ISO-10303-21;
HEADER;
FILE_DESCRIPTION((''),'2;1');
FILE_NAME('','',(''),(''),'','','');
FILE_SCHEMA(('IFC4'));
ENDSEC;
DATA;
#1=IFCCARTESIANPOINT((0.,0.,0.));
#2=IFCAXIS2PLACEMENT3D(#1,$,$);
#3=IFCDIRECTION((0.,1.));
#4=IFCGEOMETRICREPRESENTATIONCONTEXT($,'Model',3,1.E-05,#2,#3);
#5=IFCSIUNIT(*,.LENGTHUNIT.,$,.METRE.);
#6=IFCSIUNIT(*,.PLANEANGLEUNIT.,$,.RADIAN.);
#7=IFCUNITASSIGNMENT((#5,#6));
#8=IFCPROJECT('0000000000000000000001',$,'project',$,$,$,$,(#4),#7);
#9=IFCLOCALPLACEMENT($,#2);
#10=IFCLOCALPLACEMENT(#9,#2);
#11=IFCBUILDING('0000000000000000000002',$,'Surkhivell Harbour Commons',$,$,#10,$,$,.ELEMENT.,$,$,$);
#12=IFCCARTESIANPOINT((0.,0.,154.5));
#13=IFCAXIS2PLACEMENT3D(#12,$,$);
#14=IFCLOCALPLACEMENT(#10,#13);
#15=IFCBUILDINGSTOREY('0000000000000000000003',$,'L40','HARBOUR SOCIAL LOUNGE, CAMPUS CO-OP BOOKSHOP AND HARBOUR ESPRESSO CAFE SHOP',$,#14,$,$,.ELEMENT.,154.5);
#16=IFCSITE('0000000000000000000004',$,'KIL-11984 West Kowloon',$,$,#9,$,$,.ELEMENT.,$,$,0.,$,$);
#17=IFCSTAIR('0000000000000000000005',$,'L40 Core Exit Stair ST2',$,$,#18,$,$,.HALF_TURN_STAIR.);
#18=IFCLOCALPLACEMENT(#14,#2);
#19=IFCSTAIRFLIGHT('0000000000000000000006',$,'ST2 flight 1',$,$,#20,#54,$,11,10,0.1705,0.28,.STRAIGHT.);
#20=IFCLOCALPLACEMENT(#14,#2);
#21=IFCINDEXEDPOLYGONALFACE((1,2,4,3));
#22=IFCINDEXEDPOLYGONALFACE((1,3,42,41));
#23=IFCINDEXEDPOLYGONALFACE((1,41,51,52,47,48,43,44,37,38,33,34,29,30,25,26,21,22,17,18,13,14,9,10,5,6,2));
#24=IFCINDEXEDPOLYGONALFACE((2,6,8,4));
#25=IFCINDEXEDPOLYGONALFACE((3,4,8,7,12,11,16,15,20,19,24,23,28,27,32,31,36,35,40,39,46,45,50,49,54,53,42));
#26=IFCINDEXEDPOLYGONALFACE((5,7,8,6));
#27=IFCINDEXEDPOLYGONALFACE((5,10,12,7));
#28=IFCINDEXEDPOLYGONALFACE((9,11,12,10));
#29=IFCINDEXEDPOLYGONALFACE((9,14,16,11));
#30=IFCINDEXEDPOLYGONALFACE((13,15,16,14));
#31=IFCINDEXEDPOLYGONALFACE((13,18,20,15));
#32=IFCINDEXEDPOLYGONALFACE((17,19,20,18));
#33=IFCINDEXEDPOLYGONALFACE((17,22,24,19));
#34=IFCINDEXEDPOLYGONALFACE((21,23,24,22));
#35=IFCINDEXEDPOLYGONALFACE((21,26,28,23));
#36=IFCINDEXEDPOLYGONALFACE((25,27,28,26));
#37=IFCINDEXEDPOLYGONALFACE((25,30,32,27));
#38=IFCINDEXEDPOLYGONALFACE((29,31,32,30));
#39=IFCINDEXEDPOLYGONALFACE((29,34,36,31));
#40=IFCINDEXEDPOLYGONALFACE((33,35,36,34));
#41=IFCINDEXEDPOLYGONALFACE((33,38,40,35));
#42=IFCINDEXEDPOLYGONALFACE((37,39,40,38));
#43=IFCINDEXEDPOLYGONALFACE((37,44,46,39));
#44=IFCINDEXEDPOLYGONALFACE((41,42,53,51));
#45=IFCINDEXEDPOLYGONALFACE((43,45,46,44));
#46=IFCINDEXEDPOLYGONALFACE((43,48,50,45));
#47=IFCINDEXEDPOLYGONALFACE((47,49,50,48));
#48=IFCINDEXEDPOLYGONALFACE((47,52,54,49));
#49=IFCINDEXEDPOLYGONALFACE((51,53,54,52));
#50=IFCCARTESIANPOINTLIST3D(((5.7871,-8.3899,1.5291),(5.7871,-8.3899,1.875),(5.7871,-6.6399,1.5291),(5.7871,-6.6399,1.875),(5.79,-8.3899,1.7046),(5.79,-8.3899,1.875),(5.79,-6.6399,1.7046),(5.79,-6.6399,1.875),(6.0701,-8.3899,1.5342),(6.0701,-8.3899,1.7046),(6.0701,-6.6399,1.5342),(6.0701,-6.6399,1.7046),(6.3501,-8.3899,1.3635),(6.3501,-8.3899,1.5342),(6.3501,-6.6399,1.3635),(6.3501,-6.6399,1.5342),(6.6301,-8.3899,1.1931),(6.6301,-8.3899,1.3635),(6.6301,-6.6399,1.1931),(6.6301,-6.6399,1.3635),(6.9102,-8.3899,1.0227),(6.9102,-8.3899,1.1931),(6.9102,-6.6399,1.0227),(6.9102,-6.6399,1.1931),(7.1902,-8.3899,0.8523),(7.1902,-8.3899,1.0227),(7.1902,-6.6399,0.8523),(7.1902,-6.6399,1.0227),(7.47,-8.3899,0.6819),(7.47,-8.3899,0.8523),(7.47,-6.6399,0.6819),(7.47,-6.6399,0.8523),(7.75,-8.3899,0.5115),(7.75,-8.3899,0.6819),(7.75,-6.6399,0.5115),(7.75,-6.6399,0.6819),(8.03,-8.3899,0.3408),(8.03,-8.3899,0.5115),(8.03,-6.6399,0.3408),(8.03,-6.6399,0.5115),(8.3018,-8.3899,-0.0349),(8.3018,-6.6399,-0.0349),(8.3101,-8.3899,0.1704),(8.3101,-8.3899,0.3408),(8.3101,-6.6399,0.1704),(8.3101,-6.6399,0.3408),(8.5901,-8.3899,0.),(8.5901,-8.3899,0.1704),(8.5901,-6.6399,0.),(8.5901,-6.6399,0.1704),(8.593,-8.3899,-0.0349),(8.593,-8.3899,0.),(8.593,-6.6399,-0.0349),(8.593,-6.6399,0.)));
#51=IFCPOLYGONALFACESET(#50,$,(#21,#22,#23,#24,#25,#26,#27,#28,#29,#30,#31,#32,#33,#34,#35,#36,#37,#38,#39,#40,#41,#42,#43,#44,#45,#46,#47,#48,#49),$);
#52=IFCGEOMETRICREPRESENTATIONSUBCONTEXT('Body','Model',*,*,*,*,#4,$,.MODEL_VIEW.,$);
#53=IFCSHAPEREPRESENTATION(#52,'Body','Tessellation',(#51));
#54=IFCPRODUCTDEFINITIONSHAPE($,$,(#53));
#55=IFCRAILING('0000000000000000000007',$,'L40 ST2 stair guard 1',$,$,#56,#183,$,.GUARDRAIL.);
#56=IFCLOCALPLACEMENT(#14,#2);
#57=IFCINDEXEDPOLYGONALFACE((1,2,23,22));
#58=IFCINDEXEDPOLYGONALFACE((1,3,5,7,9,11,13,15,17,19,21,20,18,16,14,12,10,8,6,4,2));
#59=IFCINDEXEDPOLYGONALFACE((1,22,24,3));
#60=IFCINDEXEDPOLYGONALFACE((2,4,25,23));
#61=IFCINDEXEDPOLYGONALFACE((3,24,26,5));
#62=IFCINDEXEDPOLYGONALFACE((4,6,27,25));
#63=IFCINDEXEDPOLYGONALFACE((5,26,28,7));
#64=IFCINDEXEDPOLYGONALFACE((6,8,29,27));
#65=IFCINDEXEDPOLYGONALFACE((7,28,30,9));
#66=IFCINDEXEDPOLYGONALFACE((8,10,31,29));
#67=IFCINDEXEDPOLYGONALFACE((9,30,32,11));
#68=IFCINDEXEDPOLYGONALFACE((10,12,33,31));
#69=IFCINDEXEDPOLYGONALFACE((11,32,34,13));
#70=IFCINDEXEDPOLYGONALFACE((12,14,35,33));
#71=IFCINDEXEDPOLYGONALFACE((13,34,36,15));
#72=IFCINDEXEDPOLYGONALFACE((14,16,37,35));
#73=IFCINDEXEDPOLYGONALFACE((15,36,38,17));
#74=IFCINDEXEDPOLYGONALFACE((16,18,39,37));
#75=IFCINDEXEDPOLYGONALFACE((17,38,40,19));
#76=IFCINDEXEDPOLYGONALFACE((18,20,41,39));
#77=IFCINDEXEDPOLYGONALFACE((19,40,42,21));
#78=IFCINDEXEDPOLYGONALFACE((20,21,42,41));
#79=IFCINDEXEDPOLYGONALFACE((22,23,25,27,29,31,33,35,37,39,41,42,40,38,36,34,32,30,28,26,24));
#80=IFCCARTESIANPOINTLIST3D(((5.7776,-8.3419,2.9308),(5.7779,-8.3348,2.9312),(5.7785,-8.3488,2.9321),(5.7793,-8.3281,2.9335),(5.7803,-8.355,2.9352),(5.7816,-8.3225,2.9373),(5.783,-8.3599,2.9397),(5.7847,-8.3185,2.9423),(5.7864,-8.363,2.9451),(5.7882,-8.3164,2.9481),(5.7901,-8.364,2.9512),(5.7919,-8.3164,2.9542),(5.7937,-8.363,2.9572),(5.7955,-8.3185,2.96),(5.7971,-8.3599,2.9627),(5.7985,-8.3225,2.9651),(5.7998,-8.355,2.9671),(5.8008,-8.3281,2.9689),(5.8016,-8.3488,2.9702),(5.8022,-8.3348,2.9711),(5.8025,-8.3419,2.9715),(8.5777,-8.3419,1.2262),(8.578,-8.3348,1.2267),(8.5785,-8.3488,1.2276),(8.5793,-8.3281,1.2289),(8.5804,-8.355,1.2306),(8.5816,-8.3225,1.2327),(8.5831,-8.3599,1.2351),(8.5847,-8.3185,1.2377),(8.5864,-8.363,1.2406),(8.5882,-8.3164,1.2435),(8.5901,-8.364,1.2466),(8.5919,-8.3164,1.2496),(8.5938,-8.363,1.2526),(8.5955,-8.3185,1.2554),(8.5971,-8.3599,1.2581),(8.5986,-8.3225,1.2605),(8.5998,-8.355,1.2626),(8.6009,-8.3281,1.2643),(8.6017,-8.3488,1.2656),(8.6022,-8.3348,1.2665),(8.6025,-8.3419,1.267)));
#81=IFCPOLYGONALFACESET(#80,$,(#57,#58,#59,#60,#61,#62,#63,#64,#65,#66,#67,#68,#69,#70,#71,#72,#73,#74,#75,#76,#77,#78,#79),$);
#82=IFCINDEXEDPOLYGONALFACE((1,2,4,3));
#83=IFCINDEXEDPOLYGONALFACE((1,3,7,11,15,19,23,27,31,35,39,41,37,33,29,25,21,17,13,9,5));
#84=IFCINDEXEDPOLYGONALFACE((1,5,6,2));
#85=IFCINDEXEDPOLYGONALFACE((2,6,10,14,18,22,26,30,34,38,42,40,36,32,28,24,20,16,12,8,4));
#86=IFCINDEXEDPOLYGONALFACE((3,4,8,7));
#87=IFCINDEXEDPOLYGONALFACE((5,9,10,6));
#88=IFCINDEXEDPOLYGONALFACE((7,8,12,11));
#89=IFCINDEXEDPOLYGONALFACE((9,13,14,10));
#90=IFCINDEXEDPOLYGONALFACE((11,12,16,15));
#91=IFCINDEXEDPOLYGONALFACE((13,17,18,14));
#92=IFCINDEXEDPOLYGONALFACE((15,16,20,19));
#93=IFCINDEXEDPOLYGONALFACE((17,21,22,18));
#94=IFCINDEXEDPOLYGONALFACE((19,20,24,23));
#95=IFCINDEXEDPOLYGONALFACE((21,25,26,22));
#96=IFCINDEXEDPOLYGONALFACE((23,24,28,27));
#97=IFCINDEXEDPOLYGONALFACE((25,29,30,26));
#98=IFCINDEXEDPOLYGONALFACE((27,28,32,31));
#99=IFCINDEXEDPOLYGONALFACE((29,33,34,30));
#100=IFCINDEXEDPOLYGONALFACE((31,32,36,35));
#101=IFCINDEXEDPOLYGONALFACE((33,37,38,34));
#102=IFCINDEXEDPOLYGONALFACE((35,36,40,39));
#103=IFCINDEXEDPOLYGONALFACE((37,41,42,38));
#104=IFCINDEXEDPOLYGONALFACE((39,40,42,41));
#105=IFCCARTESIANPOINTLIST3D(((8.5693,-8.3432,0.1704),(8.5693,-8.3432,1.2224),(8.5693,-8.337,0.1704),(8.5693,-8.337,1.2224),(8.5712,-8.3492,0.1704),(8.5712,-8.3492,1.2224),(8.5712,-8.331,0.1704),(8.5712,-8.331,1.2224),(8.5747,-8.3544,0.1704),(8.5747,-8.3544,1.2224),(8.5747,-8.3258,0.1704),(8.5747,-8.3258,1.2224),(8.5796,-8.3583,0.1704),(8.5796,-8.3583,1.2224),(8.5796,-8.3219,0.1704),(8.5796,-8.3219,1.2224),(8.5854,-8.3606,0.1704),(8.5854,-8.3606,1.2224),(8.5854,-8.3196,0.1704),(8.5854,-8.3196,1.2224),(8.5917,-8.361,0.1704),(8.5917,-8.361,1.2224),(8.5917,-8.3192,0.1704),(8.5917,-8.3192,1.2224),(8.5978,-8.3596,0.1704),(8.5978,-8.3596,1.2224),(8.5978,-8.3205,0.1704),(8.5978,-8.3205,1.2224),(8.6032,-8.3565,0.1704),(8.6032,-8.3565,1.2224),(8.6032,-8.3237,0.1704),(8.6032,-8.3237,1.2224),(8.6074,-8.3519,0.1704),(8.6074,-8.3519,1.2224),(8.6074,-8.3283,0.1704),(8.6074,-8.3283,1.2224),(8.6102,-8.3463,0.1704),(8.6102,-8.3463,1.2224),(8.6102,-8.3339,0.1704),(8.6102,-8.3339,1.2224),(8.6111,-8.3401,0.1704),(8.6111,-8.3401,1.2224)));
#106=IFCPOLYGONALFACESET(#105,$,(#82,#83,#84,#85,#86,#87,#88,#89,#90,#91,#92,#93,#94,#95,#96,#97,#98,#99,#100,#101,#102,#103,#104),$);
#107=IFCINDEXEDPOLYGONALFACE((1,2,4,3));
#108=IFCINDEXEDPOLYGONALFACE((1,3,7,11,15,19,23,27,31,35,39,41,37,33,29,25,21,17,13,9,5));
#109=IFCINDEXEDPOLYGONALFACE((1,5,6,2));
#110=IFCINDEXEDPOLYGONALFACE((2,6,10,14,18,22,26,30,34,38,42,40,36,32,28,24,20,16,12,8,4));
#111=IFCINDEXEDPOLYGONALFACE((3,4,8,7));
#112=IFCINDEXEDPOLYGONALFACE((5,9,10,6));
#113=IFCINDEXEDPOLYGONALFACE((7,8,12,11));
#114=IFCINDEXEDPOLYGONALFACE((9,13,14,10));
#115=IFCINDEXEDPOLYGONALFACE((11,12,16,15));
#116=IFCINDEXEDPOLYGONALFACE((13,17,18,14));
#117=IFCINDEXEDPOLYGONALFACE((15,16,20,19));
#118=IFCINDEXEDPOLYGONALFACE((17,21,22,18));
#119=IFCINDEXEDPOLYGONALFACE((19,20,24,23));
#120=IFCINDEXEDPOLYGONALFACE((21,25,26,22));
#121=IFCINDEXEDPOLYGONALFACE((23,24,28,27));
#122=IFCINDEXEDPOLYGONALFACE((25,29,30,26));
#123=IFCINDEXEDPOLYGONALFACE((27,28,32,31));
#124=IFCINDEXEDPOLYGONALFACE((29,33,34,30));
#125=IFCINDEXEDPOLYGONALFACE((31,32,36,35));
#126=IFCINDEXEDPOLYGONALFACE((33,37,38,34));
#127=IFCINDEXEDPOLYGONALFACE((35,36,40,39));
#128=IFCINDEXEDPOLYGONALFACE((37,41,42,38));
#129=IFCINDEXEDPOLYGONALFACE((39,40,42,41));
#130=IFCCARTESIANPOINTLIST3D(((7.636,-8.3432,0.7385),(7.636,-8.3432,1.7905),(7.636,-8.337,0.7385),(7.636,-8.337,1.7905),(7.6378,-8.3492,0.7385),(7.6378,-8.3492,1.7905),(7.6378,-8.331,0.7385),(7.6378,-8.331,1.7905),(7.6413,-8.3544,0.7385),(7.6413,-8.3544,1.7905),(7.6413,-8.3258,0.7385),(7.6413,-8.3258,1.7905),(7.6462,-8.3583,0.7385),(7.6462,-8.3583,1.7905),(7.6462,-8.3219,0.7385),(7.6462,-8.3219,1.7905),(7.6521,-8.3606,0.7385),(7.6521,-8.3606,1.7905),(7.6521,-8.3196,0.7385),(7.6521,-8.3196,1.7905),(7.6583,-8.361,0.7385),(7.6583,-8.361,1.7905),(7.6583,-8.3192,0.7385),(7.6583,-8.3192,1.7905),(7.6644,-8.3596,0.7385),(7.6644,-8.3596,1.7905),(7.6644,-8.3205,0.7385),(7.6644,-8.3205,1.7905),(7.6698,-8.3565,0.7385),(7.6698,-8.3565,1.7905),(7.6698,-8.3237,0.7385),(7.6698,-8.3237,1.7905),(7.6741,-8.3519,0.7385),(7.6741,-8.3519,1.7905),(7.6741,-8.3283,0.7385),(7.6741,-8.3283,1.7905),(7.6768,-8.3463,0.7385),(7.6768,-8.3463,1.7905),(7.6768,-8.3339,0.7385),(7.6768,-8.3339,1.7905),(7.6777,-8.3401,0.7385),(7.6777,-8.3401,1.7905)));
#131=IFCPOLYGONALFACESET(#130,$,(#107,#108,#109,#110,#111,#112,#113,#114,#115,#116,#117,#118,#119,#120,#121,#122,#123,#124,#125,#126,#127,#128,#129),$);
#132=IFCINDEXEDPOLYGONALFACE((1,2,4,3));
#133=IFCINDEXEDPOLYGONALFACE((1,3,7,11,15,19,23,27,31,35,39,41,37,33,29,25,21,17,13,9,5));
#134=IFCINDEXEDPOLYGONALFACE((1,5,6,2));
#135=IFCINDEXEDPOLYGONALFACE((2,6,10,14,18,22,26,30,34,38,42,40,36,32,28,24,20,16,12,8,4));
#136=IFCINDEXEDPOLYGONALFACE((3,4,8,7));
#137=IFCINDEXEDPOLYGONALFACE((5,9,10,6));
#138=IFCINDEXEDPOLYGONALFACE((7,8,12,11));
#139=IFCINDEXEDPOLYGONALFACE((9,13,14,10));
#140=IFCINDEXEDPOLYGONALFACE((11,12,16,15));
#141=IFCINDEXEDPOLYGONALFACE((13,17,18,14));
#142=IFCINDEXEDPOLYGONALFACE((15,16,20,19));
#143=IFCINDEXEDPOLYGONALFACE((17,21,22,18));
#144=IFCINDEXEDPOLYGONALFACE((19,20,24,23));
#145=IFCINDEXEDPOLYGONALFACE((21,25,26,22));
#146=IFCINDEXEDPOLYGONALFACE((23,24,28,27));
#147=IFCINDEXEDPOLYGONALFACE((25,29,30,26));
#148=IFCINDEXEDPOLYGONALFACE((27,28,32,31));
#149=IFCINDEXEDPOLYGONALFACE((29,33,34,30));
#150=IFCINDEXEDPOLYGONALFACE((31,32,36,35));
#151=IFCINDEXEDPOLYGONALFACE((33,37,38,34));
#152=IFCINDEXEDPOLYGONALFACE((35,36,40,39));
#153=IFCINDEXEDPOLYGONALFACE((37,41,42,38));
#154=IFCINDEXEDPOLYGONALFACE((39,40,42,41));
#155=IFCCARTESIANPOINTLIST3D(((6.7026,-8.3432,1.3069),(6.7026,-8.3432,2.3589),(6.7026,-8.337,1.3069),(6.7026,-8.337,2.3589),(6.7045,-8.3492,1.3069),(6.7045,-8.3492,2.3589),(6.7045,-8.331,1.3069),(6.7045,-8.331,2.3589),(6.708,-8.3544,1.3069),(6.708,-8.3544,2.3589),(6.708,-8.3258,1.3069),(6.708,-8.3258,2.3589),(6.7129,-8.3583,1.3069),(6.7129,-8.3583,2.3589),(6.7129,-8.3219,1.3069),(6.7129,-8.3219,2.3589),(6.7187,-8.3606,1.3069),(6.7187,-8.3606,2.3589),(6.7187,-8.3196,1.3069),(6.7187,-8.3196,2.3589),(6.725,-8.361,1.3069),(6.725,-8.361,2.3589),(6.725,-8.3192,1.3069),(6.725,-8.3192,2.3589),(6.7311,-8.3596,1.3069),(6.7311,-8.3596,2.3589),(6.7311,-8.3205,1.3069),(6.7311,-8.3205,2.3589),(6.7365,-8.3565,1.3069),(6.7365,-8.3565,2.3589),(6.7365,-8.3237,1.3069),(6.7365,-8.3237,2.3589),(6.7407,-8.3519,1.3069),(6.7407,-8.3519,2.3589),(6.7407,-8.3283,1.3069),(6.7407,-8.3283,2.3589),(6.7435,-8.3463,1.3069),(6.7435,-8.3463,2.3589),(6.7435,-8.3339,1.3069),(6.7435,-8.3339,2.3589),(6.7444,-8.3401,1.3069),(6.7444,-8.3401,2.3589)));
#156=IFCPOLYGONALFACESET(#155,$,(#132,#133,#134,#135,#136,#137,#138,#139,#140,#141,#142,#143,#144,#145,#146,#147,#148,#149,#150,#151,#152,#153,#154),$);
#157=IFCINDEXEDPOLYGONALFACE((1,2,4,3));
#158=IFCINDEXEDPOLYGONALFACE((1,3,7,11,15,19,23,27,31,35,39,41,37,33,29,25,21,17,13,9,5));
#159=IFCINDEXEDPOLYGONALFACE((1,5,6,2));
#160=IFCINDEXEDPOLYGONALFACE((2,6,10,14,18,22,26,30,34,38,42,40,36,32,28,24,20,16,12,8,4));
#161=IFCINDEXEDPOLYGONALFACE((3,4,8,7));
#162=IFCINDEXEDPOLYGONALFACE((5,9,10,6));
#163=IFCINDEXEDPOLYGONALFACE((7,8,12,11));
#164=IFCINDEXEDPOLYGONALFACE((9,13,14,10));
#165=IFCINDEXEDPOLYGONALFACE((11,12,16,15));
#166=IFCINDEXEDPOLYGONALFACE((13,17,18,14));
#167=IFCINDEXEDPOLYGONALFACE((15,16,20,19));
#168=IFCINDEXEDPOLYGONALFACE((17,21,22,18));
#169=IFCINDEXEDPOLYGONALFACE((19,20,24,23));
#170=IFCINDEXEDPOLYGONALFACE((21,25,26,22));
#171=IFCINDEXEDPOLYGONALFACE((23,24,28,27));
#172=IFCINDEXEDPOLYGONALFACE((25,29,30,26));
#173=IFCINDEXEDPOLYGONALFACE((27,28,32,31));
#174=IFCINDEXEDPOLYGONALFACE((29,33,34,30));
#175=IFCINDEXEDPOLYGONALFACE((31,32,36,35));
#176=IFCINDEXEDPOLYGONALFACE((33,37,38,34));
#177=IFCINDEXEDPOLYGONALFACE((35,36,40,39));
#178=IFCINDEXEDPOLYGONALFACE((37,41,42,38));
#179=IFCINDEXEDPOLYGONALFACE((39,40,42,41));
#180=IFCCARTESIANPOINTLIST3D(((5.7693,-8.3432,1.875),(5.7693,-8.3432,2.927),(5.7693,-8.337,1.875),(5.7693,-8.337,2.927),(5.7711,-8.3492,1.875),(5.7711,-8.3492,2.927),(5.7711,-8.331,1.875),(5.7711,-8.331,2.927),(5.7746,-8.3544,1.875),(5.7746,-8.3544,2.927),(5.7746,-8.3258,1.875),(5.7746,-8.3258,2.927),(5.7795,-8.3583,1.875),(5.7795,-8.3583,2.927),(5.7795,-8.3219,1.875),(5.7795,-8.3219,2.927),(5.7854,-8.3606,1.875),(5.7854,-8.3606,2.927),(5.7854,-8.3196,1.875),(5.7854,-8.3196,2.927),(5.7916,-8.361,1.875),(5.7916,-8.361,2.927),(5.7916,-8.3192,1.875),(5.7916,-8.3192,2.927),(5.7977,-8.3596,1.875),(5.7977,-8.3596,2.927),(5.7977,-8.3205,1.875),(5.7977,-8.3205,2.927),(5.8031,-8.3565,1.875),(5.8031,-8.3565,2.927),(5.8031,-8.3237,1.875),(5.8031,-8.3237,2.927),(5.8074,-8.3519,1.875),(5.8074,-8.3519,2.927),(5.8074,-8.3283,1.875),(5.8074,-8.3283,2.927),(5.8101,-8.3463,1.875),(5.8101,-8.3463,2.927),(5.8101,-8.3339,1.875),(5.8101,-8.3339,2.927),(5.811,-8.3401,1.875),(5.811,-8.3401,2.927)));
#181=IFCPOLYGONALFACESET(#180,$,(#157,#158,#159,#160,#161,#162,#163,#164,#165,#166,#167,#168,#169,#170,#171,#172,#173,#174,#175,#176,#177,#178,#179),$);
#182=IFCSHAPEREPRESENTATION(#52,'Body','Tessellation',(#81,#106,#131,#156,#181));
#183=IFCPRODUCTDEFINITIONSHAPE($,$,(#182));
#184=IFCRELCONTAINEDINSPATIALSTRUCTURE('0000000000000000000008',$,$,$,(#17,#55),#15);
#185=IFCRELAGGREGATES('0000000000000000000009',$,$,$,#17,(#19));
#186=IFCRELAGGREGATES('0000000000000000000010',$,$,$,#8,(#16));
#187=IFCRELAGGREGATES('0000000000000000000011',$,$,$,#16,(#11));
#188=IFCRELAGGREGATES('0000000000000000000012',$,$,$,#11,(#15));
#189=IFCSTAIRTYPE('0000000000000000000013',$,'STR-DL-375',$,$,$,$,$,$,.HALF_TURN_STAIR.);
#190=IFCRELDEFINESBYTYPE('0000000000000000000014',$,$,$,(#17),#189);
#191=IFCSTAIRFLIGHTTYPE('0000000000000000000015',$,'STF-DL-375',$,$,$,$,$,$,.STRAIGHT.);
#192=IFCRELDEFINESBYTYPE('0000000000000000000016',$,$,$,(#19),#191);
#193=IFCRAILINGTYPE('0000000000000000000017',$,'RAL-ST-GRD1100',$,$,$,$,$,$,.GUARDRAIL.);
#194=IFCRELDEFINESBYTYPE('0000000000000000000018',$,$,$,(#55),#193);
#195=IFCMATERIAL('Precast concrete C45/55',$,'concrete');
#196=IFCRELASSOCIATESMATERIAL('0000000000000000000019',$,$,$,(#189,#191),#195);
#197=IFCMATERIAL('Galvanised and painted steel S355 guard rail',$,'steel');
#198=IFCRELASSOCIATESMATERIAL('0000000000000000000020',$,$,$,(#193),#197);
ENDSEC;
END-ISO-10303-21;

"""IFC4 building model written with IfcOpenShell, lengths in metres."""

from ifc_helpers import new_model, si_unit, direction, frame, origin, origin_2d, place, context, subcontext, project, spatial, polyline, circle, outline, extrude, material, type_object, element, aggregate, save


model = new_model("IFC4")

# Units and contexts
model_context = context("Model", 3, precision=1e-05, world=origin(), true_north=direction((0.0, 1.0)))
body_context = subcontext(model_context, "Body", "Model", "MODEL_VIEW")
ifc_project = project(units=[si_unit("LENGTHUNIT", "METRE"), si_unit("PLANEANGLEUNIT", "RADIAN")], contexts=[model_context])

# Site, building, storey
site_placement = place(None, origin())
site = spatial("IfcSite", under=ifc_project, at=site_placement, Name="KIL-11984 West Kowloon", CompositionType="ELEMENT", RefElevation=0.0)
building_placement = place(site_placement, origin())
building = spatial("IfcBuilding", under=site, at=building_placement, Name="Surkhivell Harbour Commons", CompositionType="ELEMENT")
storey_placement = place(building_placement, frame((0.0, 0.0, 154.5)))
storey = spatial("IfcBuildingStorey", under=building, at=storey_placement, Name="L40", Description="HARBOUR SOCIAL LOUNGE, CAMPUS CO-OP BOOKSHOP AND HARBOUR ESPRESSO CAFE SHOP", CompositionType="ELEMENT", Elevation=154.5)

# Stair, stair flight
ifc_material_1 = material(Name="Precast concrete C45/55", Category="concrete")
stair_type = type_object("IfcStairType", Name="STR-DL-375", PredefinedType="HALF_TURN_STAIR", material=ifc_material_1)
stair_placement = place(storey_placement, origin())
stair = element("IfcStair", 1, at=stair_placement, inside=storey, type_object=stair_type, Name="L40 Core Exit Stair ST2", PredefinedType="HALF_TURN_STAIR")
stair_flight_type = type_object("IfcStairFlightType", Name="STF-DL-375", PredefinedType="STRAIGHT", material=ifc_material_1)
stair_flight_placement = place(storey_placement, frame((8.5901, -7.5149, 0.0), z_axis=(0.0, 0.0, 1.0), x_axis=(-1.0, 0.0, 0.0)))
stair_flight = element("IfcStairFlight", 2, at=stair_flight_placement, type_object=stair_flight_type, Name="ST2 flight 1", NumberOfRisers=11, NumberOfTreads=10, PredefinedType="STRAIGHT", RiserHeight=0.1705, TreadLength=0.28, context=body_context, shape_type="SweptSolid", body=[
    extrude(outline(polyline([(-0.0029, -0.0349), (-0.0029, 0.0), (0.0, 0.0), (0.0, 0.1704), (0.28, 0.1704), (0.28, 0.3408), (0.5601, 0.3408), (0.5601, 0.5115), (0.8401, 0.5115), (0.8401, 0.6819), (1.1201, 0.6819), (1.1201, 0.8523), (1.3999, 0.8523), (1.3999, 1.0227), (1.6799, 1.0227), (1.6799, 1.1931), (1.96, 1.1931), (1.96, 1.3635), (2.24, 1.3635), (2.24, 1.5342), (2.52, 1.5342), (2.52, 1.7046), (2.8, 1.7046), (2.8, 1.875), (2.803, 1.875), (2.803, 1.5291), (0.2883, -0.0349), (-0.0029, -0.0349)])), frame((0.0, 0.875, 0.0), z_axis=(0.0, -1.0, 0.0), x_axis=(1.0, 0.0, 0.0)), (0.0, 0.0, 1.0), 1.75),
])
aggregate(stair, [stair_flight])

# Railing
ifc_material_2 = material(Name="Galvanised and painted steel S355 guard rail", Category="steel")
railing_type_1 = type_object("IfcRailingType", Name="RAL-ST-GRD1100", PredefinedType="GUARDRAIL", material=ifc_material_2)
railing_1_placement = place(storey_placement, frame((8.5901, -8.3401, 0.1704)))
element("IfcRailing", 3, at=railing_1_placement, inside=storey, type_object=railing_type_1, Name="L40 ST2 stair guard 1", PredefinedType="GUARDRAIL", context=body_context, shape_type="SweptSolid", body=[
    extrude(circle(Radius=0.0239, at=origin_2d()), frame((0.0, 0.0, 1.0762), z_axis=(-0.85417, 0.0, 0.519994), x_axis=(0.0, -1.0, 0.0)), (0.0, 0.0, 1.0), 3.2781),
    extrude(circle(Radius=0.021, at=origin_2d()), origin(), (0.0, 0.0, 1.0), 1.052),
    extrude(circle(Radius=0.021, at=origin_2d()), frame((-0.9333, 0.0, 0.5681)), (0.0, 0.0, 1.0), 1.052),
    extrude(circle(Radius=0.021, at=origin_2d()), frame((-1.8667, 0.0, 1.1365)), (0.0, 0.0, 1.0), 1.052),
    extrude(circle(Radius=0.021, at=origin_2d()), frame((-2.8, 0.0, 1.7046)), (0.0, 0.0, 1.0), 1.052),
])

save(model, "model.ifc")
